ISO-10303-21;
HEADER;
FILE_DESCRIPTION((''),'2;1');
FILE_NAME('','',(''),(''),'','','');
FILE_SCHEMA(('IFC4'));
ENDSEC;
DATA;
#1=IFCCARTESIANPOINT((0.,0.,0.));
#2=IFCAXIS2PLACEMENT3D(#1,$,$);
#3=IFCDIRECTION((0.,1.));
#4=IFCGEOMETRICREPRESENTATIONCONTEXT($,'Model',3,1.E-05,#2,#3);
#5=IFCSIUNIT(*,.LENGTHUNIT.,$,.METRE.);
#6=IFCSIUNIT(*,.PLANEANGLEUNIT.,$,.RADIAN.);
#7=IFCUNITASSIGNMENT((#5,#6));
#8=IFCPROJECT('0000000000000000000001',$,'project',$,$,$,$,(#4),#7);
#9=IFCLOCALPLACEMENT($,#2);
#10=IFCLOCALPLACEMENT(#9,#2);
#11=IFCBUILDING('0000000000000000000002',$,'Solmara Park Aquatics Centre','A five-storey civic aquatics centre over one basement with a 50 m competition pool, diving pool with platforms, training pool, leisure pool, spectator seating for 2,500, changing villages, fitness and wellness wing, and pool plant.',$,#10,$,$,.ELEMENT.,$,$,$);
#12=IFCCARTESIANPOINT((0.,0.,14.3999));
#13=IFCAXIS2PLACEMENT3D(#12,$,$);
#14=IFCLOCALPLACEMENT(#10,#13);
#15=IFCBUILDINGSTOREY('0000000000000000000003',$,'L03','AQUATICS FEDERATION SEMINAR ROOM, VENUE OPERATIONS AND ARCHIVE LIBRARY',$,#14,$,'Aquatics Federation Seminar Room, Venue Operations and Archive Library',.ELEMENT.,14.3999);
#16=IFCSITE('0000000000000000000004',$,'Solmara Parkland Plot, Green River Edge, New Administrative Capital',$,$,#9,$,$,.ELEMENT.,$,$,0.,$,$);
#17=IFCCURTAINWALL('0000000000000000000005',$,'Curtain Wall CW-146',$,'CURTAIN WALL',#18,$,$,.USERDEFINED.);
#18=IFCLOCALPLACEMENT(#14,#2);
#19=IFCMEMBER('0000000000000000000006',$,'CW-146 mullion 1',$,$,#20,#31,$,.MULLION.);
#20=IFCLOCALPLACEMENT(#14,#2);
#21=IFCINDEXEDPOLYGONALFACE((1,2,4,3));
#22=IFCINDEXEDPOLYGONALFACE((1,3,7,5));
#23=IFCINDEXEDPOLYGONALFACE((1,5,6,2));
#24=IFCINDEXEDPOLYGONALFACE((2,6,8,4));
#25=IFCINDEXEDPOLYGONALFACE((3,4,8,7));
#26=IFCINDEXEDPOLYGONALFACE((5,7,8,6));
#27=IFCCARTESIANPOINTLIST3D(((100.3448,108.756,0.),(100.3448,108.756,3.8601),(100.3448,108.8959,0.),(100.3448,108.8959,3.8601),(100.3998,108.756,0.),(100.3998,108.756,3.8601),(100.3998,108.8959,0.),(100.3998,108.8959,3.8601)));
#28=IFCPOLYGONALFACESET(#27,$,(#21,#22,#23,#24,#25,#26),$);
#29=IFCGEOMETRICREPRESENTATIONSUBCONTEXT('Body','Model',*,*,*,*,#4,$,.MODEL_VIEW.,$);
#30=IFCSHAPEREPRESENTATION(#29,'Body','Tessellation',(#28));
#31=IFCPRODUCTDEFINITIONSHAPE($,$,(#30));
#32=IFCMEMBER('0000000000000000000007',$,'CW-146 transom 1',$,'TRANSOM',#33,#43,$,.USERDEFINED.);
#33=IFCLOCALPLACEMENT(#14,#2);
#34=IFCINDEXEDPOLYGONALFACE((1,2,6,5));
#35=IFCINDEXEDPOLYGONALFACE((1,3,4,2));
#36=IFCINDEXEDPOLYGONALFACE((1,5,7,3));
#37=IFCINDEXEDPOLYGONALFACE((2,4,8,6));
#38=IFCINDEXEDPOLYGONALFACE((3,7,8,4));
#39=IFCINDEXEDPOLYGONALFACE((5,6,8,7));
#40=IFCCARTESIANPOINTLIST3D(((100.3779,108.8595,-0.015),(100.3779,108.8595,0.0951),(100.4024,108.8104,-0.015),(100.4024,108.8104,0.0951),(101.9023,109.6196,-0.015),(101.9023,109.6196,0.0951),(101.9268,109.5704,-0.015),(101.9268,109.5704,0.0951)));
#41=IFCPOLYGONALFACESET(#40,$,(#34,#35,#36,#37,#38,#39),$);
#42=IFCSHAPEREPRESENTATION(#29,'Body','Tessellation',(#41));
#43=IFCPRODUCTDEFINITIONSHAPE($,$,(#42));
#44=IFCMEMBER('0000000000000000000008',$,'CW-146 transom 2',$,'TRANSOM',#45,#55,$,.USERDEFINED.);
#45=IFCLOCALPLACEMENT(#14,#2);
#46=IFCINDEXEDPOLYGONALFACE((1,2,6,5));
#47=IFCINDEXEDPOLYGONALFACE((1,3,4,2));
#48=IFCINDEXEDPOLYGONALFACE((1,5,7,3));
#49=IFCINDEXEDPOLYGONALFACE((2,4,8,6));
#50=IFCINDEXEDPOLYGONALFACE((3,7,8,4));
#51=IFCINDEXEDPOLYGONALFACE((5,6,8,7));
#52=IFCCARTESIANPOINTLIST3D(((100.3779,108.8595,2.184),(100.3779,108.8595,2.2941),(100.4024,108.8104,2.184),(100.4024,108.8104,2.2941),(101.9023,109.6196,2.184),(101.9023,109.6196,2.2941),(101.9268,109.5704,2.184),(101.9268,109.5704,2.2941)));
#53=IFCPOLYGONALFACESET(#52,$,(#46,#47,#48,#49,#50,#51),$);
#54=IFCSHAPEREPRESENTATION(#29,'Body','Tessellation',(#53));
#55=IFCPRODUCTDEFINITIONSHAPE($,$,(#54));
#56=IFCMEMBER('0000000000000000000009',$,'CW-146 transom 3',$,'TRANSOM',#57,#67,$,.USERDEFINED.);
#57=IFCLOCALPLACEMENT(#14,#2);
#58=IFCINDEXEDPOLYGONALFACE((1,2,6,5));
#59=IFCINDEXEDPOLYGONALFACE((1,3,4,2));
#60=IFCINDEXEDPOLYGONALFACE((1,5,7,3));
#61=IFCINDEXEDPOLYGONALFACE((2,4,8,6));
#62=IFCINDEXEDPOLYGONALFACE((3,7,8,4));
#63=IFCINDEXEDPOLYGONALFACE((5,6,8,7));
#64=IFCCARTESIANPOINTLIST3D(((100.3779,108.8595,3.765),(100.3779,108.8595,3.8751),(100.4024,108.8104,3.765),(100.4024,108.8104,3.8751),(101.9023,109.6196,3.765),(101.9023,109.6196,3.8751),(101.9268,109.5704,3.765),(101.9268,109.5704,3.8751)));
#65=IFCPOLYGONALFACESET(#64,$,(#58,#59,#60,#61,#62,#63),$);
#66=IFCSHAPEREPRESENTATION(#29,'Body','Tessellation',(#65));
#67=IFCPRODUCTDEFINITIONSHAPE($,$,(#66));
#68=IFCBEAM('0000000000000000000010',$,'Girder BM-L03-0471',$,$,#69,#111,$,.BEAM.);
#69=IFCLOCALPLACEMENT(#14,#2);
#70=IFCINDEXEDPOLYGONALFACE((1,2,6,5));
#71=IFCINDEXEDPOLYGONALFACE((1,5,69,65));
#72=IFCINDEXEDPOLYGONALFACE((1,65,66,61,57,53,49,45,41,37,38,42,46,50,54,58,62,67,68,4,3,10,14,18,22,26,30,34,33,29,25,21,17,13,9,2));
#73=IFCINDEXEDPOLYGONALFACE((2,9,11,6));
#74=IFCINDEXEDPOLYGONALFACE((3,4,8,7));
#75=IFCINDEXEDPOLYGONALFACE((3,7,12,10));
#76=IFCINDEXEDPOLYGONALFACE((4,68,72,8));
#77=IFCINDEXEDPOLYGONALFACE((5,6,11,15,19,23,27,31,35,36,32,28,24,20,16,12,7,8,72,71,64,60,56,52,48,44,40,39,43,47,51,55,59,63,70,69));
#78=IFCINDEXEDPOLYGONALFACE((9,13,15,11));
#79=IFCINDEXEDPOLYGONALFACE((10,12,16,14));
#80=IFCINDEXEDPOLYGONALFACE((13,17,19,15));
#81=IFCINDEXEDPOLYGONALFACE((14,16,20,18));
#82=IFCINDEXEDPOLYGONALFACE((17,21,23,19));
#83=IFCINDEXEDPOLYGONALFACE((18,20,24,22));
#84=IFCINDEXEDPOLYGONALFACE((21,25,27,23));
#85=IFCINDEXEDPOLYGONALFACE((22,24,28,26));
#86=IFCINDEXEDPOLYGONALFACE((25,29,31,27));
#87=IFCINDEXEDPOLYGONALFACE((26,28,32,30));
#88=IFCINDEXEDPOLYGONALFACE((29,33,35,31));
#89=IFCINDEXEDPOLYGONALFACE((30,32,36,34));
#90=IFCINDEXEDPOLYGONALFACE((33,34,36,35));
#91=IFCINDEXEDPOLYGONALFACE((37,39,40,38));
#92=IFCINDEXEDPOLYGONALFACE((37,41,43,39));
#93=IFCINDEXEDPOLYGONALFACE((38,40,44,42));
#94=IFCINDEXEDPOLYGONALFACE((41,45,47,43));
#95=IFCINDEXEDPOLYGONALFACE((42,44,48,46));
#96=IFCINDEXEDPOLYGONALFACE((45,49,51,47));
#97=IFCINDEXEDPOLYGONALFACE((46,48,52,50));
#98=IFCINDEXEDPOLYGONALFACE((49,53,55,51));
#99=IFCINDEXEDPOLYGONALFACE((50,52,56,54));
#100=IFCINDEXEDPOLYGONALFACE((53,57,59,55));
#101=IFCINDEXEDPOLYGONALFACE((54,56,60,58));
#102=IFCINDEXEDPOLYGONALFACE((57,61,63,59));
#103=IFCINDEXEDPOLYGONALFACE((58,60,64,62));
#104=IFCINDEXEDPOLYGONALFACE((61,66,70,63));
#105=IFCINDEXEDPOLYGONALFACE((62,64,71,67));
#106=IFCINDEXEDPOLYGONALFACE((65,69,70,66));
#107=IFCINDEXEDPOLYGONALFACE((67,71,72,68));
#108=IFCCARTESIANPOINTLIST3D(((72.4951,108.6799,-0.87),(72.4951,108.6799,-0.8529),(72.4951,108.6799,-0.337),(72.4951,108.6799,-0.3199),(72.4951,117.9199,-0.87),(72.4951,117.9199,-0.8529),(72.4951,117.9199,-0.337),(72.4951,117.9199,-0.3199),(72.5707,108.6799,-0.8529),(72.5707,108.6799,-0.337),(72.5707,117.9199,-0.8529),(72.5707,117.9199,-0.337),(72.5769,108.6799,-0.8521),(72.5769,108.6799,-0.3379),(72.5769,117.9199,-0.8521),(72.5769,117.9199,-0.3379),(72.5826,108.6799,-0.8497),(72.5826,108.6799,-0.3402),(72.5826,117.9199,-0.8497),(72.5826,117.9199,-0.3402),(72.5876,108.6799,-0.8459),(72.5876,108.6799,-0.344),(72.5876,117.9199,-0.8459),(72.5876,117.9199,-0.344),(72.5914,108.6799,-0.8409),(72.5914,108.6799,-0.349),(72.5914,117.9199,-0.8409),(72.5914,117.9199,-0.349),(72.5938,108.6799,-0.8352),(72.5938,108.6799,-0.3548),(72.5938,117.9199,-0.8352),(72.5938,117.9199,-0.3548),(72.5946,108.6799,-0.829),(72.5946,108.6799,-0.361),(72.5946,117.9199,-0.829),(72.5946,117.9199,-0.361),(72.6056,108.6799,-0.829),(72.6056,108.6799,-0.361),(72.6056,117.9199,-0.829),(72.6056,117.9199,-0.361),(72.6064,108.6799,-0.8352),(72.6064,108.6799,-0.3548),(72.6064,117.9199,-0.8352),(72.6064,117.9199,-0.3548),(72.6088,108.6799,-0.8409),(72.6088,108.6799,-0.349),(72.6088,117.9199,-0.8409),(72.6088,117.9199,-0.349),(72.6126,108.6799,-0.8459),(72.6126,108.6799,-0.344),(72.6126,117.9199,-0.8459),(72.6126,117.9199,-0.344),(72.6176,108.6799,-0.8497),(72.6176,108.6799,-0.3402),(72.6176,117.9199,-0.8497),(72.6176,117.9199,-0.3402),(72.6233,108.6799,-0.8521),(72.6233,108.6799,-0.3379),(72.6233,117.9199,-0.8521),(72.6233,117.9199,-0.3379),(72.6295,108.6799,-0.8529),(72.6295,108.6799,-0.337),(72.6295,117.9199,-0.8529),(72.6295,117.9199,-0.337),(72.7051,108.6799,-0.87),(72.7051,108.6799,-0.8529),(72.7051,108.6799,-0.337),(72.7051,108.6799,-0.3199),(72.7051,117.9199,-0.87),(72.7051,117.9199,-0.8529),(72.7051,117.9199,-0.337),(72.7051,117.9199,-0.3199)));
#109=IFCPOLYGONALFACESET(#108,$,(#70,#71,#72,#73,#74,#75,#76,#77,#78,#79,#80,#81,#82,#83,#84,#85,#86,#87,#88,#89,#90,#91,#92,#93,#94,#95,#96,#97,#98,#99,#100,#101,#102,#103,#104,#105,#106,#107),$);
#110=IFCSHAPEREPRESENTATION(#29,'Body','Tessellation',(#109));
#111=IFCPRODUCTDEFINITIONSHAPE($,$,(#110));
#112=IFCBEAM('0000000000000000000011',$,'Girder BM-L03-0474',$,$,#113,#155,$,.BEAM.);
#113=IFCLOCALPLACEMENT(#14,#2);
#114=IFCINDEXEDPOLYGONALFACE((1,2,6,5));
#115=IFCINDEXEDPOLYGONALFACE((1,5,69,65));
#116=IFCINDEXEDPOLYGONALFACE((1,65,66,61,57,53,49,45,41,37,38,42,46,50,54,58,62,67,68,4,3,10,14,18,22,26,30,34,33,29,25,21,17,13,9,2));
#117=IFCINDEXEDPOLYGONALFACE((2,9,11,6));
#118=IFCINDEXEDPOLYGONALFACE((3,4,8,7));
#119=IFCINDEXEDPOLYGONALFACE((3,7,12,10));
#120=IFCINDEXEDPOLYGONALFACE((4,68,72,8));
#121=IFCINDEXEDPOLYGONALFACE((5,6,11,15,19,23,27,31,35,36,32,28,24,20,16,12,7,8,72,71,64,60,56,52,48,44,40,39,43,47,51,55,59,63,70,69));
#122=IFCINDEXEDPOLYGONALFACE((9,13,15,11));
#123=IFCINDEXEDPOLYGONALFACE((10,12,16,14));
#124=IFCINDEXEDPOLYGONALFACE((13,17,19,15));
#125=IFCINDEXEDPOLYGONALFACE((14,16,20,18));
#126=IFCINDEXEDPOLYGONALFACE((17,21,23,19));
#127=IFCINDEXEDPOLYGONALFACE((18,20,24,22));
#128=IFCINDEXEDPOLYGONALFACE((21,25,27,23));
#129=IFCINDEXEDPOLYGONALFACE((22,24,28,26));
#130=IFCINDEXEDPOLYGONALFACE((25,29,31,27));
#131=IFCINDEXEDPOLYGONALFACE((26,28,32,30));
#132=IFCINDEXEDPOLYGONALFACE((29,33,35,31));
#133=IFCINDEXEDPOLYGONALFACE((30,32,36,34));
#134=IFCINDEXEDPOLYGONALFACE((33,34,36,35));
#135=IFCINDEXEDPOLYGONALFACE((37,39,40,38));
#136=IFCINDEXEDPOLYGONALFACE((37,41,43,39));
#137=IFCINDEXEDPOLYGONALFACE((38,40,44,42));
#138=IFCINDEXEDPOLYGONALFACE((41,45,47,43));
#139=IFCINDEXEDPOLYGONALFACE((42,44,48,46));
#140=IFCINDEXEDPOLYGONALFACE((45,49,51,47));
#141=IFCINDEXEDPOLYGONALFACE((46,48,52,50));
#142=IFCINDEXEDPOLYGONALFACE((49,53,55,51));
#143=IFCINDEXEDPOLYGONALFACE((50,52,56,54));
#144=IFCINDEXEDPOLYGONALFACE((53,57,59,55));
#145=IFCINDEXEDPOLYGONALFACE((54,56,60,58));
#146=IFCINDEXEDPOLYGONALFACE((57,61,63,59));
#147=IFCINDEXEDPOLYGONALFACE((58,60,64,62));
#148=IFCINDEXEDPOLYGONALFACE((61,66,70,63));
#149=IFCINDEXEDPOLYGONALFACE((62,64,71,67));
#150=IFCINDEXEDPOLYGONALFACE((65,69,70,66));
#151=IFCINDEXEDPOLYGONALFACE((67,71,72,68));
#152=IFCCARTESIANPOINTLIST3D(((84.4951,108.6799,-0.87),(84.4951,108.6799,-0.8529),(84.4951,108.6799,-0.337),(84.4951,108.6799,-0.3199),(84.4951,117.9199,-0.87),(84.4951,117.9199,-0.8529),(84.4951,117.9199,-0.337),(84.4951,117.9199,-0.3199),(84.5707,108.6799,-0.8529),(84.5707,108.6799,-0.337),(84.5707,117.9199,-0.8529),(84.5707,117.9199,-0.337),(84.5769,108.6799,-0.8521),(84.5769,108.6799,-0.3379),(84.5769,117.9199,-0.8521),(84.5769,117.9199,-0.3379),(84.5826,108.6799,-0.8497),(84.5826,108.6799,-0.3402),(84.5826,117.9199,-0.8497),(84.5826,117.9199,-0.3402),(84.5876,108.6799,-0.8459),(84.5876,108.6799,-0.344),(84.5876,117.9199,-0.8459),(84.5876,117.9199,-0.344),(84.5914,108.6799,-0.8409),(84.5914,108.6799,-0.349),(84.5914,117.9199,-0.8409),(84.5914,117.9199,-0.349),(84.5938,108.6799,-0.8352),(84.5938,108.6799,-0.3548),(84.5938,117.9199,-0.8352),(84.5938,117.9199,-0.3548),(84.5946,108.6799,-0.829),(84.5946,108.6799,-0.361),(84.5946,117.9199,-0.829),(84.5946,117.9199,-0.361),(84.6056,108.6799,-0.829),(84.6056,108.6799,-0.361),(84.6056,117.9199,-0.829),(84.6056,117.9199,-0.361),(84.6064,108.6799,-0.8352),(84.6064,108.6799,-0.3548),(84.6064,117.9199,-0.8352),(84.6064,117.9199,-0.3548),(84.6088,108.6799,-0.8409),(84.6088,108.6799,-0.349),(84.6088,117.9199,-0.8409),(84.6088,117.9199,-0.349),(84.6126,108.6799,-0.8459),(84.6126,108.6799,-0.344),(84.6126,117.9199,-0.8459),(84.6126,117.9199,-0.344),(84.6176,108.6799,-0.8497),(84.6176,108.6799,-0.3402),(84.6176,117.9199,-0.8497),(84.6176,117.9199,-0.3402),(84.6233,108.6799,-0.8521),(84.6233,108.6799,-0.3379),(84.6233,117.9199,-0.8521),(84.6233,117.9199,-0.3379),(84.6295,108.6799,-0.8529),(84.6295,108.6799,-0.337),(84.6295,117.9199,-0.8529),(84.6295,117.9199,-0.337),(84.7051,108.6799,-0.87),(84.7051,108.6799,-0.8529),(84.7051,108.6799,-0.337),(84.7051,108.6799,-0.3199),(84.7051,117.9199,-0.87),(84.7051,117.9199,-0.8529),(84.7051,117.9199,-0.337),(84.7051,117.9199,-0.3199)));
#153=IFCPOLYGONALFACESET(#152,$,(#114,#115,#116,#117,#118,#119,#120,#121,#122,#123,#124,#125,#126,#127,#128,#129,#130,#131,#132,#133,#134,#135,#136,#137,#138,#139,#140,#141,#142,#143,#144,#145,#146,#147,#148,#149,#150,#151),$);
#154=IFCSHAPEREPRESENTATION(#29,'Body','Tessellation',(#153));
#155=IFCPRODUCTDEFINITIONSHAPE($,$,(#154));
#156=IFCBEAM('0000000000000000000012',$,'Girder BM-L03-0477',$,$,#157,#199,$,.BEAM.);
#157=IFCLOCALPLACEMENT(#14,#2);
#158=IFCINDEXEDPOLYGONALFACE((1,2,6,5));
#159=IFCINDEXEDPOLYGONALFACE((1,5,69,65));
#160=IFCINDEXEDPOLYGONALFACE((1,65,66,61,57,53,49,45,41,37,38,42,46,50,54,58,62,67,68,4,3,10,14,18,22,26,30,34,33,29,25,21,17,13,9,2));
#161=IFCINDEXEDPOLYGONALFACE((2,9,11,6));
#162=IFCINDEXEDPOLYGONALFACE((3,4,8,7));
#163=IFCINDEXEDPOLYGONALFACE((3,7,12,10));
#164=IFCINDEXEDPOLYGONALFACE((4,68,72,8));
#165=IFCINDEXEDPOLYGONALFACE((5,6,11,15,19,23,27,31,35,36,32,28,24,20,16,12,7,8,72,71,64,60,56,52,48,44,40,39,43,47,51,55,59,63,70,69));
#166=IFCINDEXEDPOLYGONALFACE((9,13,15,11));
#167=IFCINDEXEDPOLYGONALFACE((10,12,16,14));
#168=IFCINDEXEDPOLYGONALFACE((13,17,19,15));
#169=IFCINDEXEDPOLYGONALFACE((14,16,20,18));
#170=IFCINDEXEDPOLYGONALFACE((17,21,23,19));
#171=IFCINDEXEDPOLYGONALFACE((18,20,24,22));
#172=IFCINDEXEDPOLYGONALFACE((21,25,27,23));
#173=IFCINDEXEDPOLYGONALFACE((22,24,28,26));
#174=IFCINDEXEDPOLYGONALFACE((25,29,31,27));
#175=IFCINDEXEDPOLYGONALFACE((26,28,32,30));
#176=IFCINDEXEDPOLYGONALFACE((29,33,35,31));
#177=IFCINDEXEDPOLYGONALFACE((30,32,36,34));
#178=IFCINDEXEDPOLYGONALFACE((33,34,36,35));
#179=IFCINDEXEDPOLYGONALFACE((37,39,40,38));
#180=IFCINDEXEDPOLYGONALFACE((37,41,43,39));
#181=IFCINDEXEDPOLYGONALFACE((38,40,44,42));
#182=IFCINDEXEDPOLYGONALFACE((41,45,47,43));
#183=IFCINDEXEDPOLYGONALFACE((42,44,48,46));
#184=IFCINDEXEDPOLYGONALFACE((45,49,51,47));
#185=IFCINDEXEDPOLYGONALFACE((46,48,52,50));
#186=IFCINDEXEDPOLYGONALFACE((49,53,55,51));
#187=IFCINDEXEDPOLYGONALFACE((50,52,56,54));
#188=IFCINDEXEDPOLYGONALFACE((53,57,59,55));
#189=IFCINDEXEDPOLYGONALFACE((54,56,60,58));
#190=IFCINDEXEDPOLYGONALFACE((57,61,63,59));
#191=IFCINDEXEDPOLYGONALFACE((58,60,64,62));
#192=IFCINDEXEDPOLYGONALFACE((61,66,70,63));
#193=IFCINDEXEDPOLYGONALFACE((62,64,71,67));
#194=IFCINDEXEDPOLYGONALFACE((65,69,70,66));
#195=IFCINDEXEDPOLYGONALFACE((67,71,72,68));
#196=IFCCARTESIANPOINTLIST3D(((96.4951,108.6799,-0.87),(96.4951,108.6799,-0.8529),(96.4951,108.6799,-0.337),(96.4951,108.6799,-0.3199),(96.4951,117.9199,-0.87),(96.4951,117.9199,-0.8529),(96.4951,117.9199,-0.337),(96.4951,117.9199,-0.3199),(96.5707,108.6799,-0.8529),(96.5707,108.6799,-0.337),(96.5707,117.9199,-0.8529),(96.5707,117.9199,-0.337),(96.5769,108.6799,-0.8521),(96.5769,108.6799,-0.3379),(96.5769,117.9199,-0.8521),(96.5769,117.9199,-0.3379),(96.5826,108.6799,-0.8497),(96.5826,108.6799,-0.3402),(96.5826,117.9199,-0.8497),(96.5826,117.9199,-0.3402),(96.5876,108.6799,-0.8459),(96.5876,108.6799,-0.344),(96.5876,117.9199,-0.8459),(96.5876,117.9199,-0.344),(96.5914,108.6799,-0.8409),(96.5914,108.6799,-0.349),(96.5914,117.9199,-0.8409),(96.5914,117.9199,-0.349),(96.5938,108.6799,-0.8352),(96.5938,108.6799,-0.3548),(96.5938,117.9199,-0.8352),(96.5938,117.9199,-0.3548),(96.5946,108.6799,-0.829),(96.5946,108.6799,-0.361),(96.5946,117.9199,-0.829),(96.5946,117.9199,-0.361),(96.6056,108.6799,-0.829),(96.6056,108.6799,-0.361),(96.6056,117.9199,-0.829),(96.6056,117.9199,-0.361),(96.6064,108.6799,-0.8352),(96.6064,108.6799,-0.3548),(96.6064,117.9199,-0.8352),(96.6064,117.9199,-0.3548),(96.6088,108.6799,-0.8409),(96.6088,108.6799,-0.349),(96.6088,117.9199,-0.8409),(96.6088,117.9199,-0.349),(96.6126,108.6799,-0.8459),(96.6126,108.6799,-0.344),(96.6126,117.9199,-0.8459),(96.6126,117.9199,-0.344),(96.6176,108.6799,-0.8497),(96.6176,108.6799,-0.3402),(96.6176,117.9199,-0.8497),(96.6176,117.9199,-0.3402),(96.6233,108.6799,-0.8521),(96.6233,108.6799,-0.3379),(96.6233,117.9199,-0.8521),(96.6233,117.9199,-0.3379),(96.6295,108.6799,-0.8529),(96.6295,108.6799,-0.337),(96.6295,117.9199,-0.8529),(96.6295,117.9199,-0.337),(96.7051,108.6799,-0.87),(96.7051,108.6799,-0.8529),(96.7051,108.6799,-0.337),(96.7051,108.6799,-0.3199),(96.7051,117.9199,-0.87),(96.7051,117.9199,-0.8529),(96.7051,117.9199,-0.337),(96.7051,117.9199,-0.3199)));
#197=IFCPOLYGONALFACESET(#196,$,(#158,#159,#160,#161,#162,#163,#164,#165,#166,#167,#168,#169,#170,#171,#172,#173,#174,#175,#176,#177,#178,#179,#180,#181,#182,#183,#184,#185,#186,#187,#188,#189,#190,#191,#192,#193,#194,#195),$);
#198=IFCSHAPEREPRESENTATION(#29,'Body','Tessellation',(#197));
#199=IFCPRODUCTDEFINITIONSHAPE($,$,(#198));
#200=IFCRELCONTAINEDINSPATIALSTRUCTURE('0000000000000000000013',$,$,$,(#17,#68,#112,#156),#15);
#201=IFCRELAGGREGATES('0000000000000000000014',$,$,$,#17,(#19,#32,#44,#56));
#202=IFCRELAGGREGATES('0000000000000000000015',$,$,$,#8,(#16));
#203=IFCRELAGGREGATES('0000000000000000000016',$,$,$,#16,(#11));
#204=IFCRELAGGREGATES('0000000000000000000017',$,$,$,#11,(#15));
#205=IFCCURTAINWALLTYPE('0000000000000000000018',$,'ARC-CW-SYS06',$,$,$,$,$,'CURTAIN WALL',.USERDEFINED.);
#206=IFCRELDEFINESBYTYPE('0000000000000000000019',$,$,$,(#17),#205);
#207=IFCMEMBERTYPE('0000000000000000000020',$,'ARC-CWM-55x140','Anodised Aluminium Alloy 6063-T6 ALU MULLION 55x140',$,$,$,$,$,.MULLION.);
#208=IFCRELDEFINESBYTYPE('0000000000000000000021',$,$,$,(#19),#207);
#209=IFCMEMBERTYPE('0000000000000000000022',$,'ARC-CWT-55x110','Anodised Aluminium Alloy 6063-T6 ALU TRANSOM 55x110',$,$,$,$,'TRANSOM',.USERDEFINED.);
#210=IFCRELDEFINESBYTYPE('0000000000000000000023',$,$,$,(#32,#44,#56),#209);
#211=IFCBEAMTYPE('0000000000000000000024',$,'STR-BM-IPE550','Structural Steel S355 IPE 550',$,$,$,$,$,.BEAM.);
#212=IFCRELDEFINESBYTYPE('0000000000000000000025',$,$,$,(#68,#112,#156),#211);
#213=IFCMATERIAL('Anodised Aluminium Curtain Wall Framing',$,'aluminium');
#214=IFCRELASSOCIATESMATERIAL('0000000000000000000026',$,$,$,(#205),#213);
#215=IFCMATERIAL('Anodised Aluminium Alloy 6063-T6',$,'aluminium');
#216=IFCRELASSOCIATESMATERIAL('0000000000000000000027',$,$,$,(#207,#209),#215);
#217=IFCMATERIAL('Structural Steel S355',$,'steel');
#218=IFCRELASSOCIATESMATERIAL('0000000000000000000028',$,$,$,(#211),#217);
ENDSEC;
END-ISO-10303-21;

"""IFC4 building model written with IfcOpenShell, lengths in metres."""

from ifc_helpers import new_model, si_unit, direction, frame, origin, origin_2d, place, context, subcontext, project, spatial, rectangle, i_section, extrude, material, material_profile, profile_set, type_object, element, aggregate, save


model = new_model("IFC4")

# Units and contexts
model_context = context("Model", 3, precision=1e-05, world=origin(), true_north=direction((0.0, 1.0)))
body_context = subcontext(model_context, "Body", "Model", "MODEL_VIEW")
ifc_project = project(units=[si_unit("LENGTHUNIT", "METRE"), si_unit("PLANEANGLEUNIT", "RADIAN")], contexts=[model_context])

# Site, building, storey
site_placement = place(None, origin())
site = spatial("IfcSite", under=ifc_project, at=site_placement, Name="Solmara Parkland Plot, Green River Edge, New Administrative Capital", CompositionType="ELEMENT", RefElevation=0.0)
building_placement = place(site_placement, origin())
building = spatial("IfcBuilding", under=site, at=building_placement, Name="Solmara Park Aquatics Centre", Description="A five-storey civic aquatics centre over one basement with a 50 m competition pool, diving pool with platforms, training pool, leisure pool, spectator seating for 2,500, changing villages, fitness and wellness wing, and pool plant.", CompositionType="ELEMENT")
storey_placement = place(building_placement, frame((0.0, 0.0, 14.3999)))
storey = spatial("IfcBuildingStorey", under=building, at=storey_placement, Name="L03", Description="AQUATICS FEDERATION SEMINAR ROOM, VENUE OPERATIONS AND ARCHIVE LIBRARY", LongName="Aquatics Federation Seminar Room, Venue Operations and Archive Library", CompositionType="ELEMENT", Elevation=14.3999)

# Curtain wall, members
ifc_material_1 = material(Name="Anodised Aluminium Curtain Wall Framing", Category="aluminium")
curtain_wall_type = type_object("IfcCurtainWallType", Name="ARC-CW-SYS06", ElementType="CURTAIN WALL", PredefinedType="USERDEFINED", material=ifc_material_1)
curtain_wall_placement = place(storey_placement, origin())
curtain_wall = element("IfcCurtainWall", 1, at=curtain_wall_placement, inside=storey, type_object=curtain_wall_type, Name="Curtain Wall CW-146", ObjectType="CURTAIN WALL", PredefinedType="USERDEFINED")
ifc_material_2 = material(Name="Anodised Aluminium Alloy 6063-T6", Category="aluminium")
ifc_material_profile_1 = material_profile(ifc_material_2, rectangle(XDim=0.0549, YDim=0.1399, at=origin_2d()), Name="ALU MULLION 55x140")
ifc_profile_set_1 = profile_set([ifc_material_profile_1], Name="Anodised Aluminium Alloy 6063-T6")
member_type_1 = type_object("IfcMemberType", Name="ARC-CWM-55x140", Description="Anodised Aluminium Alloy 6063-T6 ALU MULLION 55x140", PredefinedType="MULLION", material=ifc_profile_set_1)
member_1_placement = place(storey_placement, frame((100.3723, 108.8259, 0.0), z_axis=(0.0, 0.0, 1.0), x_axis=(1.0, 0.0, 0.0)))
member_1 = element("IfcMember", 2, at=member_1_placement, type_object=member_type_1, Name="CW-146 mullion 1", PredefinedType="MULLION", context=body_context, shape_type="SweptSolid", body=[
    extrude(rectangle(XDim=0.0549, YDim=0.1399, at=origin_2d()), origin(), (0.0, 0.0, 1.0), 3.8601),
])
ifc_material_profile_2 = material_profile(ifc_material_2, rectangle(XDim=0.0549, YDim=0.1101, at=origin_2d()), Name="ALU TRANSOM 55x110")
ifc_profile_set_2 = profile_set([ifc_material_profile_2], Name="Anodised Aluminium Alloy 6063-T6")
member_type_2 = type_object("IfcMemberType", Name="ARC-CWT-55x110", Description="Anodised Aluminium Alloy 6063-T6 ALU TRANSOM 55x110", ElementType="TRANSOM", PredefinedType="USERDEFINED", material=ifc_profile_set_2)
member_2_placement = place(storey_placement, frame((100.3901, 108.835, 0.04), z_axis=(0.894943, 0.446181, 0.0), x_axis=(-0.446181, 0.894943, 0.0)))
member_2 = element("IfcMember", 3, at=member_2_placement, type_object=member_type_2, Name="CW-146 transom 1", ObjectType="TRANSOM", PredefinedType="USERDEFINED", context=body_context, shape_type="SweptSolid", body=[
    extrude(rectangle(XDim=0.0549, YDim=0.1101, at=origin_2d()), origin(), (0.0, 0.0, 1.0), 1.7034),
])
member_3_placement = place(storey_placement, frame((100.3901, 108.835, 2.239), z_axis=(0.894943, 0.446181, 0.0), x_axis=(-0.446181, 0.894943, 0.0)))
member_3 = element("IfcMember", 4, at=member_3_placement, type_object=member_type_2, Name="CW-146 transom 2", ObjectType="TRANSOM", PredefinedType="USERDEFINED", context=body_context, shape_type="SweptSolid", body=[
    extrude(rectangle(XDim=0.0549, YDim=0.1101, at=origin_2d()), origin(), (0.0, 0.0, 1.0), 1.7034),
])
member_4_placement = place(storey_placement, frame((100.3901, 108.835, 3.8201), z_axis=(0.894943, 0.446181, 0.0), x_axis=(-0.446181, 0.894943, 0.0)))
member_4 = element("IfcMember", 5, at=member_4_placement, type_object=member_type_2, Name="CW-146 transom 3", ObjectType="TRANSOM", PredefinedType="USERDEFINED", context=body_context, shape_type="SweptSolid", body=[
    extrude(rectangle(XDim=0.0549, YDim=0.1101, at=origin_2d()), origin(), (0.0, 0.0, 1.0), 1.7034),
])
aggregate(curtain_wall, [member_1, member_2, member_3, member_4])

# Beams
ifc_material_3 = material(Name="Structural Steel S355", Category="steel")
ifc_material_profile_3 = material_profile(ifc_material_3, i_section(OverallWidth=0.21, OverallDepth=0.55, WebThickness=0.011, FlangeThickness=0.0171, FilletRadius=0.0239, at=origin_2d()), Name="IPE 550")
ifc_profile_set_3 = profile_set([ifc_material_profile_3], Name="Structural Steel S355")
beam_type = type_object("IfcBeamType", Name="STR-BM-IPE550", Description="Structural Steel S355 IPE 550", PredefinedType="BEAM", material=ifc_profile_set_3)
for number, where, z_axis, x_axis, name in (
    (6, (72.6001, 108.6799, -0.595), (0.0, 1.0, 0.0), (-1.0, 0.0, 0.0), "Girder BM-L03-0471"),
    (7, (84.6001, 108.6799, -0.595), (0.0, 1.0, 0.0), (-1.0, 0.0, 0.0), "Girder BM-L03-0474"),
    (8, (96.6001, 108.6799, -0.595), (0.0, 1.0, 0.0), (-1.0, 0.0, 0.0), "Girder BM-L03-0477"),
):
    element("IfcBeam", number, at=place(storey_placement, frame(where, z_axis=z_axis, x_axis=x_axis)), inside=storey, type_object=beam_type, Name=name, PredefinedType="BEAM", context=body_context, shape_type="SweptSolid", body=[
        extrude(i_section(OverallWidth=0.21, OverallDepth=0.55, WebThickness=0.011, FlangeThickness=0.0171, FilletRadius=0.0239, at=origin_2d()), origin(), (0.0, 0.0, 1.0), 9.24),
    ])

save(model, "model.ifc")
